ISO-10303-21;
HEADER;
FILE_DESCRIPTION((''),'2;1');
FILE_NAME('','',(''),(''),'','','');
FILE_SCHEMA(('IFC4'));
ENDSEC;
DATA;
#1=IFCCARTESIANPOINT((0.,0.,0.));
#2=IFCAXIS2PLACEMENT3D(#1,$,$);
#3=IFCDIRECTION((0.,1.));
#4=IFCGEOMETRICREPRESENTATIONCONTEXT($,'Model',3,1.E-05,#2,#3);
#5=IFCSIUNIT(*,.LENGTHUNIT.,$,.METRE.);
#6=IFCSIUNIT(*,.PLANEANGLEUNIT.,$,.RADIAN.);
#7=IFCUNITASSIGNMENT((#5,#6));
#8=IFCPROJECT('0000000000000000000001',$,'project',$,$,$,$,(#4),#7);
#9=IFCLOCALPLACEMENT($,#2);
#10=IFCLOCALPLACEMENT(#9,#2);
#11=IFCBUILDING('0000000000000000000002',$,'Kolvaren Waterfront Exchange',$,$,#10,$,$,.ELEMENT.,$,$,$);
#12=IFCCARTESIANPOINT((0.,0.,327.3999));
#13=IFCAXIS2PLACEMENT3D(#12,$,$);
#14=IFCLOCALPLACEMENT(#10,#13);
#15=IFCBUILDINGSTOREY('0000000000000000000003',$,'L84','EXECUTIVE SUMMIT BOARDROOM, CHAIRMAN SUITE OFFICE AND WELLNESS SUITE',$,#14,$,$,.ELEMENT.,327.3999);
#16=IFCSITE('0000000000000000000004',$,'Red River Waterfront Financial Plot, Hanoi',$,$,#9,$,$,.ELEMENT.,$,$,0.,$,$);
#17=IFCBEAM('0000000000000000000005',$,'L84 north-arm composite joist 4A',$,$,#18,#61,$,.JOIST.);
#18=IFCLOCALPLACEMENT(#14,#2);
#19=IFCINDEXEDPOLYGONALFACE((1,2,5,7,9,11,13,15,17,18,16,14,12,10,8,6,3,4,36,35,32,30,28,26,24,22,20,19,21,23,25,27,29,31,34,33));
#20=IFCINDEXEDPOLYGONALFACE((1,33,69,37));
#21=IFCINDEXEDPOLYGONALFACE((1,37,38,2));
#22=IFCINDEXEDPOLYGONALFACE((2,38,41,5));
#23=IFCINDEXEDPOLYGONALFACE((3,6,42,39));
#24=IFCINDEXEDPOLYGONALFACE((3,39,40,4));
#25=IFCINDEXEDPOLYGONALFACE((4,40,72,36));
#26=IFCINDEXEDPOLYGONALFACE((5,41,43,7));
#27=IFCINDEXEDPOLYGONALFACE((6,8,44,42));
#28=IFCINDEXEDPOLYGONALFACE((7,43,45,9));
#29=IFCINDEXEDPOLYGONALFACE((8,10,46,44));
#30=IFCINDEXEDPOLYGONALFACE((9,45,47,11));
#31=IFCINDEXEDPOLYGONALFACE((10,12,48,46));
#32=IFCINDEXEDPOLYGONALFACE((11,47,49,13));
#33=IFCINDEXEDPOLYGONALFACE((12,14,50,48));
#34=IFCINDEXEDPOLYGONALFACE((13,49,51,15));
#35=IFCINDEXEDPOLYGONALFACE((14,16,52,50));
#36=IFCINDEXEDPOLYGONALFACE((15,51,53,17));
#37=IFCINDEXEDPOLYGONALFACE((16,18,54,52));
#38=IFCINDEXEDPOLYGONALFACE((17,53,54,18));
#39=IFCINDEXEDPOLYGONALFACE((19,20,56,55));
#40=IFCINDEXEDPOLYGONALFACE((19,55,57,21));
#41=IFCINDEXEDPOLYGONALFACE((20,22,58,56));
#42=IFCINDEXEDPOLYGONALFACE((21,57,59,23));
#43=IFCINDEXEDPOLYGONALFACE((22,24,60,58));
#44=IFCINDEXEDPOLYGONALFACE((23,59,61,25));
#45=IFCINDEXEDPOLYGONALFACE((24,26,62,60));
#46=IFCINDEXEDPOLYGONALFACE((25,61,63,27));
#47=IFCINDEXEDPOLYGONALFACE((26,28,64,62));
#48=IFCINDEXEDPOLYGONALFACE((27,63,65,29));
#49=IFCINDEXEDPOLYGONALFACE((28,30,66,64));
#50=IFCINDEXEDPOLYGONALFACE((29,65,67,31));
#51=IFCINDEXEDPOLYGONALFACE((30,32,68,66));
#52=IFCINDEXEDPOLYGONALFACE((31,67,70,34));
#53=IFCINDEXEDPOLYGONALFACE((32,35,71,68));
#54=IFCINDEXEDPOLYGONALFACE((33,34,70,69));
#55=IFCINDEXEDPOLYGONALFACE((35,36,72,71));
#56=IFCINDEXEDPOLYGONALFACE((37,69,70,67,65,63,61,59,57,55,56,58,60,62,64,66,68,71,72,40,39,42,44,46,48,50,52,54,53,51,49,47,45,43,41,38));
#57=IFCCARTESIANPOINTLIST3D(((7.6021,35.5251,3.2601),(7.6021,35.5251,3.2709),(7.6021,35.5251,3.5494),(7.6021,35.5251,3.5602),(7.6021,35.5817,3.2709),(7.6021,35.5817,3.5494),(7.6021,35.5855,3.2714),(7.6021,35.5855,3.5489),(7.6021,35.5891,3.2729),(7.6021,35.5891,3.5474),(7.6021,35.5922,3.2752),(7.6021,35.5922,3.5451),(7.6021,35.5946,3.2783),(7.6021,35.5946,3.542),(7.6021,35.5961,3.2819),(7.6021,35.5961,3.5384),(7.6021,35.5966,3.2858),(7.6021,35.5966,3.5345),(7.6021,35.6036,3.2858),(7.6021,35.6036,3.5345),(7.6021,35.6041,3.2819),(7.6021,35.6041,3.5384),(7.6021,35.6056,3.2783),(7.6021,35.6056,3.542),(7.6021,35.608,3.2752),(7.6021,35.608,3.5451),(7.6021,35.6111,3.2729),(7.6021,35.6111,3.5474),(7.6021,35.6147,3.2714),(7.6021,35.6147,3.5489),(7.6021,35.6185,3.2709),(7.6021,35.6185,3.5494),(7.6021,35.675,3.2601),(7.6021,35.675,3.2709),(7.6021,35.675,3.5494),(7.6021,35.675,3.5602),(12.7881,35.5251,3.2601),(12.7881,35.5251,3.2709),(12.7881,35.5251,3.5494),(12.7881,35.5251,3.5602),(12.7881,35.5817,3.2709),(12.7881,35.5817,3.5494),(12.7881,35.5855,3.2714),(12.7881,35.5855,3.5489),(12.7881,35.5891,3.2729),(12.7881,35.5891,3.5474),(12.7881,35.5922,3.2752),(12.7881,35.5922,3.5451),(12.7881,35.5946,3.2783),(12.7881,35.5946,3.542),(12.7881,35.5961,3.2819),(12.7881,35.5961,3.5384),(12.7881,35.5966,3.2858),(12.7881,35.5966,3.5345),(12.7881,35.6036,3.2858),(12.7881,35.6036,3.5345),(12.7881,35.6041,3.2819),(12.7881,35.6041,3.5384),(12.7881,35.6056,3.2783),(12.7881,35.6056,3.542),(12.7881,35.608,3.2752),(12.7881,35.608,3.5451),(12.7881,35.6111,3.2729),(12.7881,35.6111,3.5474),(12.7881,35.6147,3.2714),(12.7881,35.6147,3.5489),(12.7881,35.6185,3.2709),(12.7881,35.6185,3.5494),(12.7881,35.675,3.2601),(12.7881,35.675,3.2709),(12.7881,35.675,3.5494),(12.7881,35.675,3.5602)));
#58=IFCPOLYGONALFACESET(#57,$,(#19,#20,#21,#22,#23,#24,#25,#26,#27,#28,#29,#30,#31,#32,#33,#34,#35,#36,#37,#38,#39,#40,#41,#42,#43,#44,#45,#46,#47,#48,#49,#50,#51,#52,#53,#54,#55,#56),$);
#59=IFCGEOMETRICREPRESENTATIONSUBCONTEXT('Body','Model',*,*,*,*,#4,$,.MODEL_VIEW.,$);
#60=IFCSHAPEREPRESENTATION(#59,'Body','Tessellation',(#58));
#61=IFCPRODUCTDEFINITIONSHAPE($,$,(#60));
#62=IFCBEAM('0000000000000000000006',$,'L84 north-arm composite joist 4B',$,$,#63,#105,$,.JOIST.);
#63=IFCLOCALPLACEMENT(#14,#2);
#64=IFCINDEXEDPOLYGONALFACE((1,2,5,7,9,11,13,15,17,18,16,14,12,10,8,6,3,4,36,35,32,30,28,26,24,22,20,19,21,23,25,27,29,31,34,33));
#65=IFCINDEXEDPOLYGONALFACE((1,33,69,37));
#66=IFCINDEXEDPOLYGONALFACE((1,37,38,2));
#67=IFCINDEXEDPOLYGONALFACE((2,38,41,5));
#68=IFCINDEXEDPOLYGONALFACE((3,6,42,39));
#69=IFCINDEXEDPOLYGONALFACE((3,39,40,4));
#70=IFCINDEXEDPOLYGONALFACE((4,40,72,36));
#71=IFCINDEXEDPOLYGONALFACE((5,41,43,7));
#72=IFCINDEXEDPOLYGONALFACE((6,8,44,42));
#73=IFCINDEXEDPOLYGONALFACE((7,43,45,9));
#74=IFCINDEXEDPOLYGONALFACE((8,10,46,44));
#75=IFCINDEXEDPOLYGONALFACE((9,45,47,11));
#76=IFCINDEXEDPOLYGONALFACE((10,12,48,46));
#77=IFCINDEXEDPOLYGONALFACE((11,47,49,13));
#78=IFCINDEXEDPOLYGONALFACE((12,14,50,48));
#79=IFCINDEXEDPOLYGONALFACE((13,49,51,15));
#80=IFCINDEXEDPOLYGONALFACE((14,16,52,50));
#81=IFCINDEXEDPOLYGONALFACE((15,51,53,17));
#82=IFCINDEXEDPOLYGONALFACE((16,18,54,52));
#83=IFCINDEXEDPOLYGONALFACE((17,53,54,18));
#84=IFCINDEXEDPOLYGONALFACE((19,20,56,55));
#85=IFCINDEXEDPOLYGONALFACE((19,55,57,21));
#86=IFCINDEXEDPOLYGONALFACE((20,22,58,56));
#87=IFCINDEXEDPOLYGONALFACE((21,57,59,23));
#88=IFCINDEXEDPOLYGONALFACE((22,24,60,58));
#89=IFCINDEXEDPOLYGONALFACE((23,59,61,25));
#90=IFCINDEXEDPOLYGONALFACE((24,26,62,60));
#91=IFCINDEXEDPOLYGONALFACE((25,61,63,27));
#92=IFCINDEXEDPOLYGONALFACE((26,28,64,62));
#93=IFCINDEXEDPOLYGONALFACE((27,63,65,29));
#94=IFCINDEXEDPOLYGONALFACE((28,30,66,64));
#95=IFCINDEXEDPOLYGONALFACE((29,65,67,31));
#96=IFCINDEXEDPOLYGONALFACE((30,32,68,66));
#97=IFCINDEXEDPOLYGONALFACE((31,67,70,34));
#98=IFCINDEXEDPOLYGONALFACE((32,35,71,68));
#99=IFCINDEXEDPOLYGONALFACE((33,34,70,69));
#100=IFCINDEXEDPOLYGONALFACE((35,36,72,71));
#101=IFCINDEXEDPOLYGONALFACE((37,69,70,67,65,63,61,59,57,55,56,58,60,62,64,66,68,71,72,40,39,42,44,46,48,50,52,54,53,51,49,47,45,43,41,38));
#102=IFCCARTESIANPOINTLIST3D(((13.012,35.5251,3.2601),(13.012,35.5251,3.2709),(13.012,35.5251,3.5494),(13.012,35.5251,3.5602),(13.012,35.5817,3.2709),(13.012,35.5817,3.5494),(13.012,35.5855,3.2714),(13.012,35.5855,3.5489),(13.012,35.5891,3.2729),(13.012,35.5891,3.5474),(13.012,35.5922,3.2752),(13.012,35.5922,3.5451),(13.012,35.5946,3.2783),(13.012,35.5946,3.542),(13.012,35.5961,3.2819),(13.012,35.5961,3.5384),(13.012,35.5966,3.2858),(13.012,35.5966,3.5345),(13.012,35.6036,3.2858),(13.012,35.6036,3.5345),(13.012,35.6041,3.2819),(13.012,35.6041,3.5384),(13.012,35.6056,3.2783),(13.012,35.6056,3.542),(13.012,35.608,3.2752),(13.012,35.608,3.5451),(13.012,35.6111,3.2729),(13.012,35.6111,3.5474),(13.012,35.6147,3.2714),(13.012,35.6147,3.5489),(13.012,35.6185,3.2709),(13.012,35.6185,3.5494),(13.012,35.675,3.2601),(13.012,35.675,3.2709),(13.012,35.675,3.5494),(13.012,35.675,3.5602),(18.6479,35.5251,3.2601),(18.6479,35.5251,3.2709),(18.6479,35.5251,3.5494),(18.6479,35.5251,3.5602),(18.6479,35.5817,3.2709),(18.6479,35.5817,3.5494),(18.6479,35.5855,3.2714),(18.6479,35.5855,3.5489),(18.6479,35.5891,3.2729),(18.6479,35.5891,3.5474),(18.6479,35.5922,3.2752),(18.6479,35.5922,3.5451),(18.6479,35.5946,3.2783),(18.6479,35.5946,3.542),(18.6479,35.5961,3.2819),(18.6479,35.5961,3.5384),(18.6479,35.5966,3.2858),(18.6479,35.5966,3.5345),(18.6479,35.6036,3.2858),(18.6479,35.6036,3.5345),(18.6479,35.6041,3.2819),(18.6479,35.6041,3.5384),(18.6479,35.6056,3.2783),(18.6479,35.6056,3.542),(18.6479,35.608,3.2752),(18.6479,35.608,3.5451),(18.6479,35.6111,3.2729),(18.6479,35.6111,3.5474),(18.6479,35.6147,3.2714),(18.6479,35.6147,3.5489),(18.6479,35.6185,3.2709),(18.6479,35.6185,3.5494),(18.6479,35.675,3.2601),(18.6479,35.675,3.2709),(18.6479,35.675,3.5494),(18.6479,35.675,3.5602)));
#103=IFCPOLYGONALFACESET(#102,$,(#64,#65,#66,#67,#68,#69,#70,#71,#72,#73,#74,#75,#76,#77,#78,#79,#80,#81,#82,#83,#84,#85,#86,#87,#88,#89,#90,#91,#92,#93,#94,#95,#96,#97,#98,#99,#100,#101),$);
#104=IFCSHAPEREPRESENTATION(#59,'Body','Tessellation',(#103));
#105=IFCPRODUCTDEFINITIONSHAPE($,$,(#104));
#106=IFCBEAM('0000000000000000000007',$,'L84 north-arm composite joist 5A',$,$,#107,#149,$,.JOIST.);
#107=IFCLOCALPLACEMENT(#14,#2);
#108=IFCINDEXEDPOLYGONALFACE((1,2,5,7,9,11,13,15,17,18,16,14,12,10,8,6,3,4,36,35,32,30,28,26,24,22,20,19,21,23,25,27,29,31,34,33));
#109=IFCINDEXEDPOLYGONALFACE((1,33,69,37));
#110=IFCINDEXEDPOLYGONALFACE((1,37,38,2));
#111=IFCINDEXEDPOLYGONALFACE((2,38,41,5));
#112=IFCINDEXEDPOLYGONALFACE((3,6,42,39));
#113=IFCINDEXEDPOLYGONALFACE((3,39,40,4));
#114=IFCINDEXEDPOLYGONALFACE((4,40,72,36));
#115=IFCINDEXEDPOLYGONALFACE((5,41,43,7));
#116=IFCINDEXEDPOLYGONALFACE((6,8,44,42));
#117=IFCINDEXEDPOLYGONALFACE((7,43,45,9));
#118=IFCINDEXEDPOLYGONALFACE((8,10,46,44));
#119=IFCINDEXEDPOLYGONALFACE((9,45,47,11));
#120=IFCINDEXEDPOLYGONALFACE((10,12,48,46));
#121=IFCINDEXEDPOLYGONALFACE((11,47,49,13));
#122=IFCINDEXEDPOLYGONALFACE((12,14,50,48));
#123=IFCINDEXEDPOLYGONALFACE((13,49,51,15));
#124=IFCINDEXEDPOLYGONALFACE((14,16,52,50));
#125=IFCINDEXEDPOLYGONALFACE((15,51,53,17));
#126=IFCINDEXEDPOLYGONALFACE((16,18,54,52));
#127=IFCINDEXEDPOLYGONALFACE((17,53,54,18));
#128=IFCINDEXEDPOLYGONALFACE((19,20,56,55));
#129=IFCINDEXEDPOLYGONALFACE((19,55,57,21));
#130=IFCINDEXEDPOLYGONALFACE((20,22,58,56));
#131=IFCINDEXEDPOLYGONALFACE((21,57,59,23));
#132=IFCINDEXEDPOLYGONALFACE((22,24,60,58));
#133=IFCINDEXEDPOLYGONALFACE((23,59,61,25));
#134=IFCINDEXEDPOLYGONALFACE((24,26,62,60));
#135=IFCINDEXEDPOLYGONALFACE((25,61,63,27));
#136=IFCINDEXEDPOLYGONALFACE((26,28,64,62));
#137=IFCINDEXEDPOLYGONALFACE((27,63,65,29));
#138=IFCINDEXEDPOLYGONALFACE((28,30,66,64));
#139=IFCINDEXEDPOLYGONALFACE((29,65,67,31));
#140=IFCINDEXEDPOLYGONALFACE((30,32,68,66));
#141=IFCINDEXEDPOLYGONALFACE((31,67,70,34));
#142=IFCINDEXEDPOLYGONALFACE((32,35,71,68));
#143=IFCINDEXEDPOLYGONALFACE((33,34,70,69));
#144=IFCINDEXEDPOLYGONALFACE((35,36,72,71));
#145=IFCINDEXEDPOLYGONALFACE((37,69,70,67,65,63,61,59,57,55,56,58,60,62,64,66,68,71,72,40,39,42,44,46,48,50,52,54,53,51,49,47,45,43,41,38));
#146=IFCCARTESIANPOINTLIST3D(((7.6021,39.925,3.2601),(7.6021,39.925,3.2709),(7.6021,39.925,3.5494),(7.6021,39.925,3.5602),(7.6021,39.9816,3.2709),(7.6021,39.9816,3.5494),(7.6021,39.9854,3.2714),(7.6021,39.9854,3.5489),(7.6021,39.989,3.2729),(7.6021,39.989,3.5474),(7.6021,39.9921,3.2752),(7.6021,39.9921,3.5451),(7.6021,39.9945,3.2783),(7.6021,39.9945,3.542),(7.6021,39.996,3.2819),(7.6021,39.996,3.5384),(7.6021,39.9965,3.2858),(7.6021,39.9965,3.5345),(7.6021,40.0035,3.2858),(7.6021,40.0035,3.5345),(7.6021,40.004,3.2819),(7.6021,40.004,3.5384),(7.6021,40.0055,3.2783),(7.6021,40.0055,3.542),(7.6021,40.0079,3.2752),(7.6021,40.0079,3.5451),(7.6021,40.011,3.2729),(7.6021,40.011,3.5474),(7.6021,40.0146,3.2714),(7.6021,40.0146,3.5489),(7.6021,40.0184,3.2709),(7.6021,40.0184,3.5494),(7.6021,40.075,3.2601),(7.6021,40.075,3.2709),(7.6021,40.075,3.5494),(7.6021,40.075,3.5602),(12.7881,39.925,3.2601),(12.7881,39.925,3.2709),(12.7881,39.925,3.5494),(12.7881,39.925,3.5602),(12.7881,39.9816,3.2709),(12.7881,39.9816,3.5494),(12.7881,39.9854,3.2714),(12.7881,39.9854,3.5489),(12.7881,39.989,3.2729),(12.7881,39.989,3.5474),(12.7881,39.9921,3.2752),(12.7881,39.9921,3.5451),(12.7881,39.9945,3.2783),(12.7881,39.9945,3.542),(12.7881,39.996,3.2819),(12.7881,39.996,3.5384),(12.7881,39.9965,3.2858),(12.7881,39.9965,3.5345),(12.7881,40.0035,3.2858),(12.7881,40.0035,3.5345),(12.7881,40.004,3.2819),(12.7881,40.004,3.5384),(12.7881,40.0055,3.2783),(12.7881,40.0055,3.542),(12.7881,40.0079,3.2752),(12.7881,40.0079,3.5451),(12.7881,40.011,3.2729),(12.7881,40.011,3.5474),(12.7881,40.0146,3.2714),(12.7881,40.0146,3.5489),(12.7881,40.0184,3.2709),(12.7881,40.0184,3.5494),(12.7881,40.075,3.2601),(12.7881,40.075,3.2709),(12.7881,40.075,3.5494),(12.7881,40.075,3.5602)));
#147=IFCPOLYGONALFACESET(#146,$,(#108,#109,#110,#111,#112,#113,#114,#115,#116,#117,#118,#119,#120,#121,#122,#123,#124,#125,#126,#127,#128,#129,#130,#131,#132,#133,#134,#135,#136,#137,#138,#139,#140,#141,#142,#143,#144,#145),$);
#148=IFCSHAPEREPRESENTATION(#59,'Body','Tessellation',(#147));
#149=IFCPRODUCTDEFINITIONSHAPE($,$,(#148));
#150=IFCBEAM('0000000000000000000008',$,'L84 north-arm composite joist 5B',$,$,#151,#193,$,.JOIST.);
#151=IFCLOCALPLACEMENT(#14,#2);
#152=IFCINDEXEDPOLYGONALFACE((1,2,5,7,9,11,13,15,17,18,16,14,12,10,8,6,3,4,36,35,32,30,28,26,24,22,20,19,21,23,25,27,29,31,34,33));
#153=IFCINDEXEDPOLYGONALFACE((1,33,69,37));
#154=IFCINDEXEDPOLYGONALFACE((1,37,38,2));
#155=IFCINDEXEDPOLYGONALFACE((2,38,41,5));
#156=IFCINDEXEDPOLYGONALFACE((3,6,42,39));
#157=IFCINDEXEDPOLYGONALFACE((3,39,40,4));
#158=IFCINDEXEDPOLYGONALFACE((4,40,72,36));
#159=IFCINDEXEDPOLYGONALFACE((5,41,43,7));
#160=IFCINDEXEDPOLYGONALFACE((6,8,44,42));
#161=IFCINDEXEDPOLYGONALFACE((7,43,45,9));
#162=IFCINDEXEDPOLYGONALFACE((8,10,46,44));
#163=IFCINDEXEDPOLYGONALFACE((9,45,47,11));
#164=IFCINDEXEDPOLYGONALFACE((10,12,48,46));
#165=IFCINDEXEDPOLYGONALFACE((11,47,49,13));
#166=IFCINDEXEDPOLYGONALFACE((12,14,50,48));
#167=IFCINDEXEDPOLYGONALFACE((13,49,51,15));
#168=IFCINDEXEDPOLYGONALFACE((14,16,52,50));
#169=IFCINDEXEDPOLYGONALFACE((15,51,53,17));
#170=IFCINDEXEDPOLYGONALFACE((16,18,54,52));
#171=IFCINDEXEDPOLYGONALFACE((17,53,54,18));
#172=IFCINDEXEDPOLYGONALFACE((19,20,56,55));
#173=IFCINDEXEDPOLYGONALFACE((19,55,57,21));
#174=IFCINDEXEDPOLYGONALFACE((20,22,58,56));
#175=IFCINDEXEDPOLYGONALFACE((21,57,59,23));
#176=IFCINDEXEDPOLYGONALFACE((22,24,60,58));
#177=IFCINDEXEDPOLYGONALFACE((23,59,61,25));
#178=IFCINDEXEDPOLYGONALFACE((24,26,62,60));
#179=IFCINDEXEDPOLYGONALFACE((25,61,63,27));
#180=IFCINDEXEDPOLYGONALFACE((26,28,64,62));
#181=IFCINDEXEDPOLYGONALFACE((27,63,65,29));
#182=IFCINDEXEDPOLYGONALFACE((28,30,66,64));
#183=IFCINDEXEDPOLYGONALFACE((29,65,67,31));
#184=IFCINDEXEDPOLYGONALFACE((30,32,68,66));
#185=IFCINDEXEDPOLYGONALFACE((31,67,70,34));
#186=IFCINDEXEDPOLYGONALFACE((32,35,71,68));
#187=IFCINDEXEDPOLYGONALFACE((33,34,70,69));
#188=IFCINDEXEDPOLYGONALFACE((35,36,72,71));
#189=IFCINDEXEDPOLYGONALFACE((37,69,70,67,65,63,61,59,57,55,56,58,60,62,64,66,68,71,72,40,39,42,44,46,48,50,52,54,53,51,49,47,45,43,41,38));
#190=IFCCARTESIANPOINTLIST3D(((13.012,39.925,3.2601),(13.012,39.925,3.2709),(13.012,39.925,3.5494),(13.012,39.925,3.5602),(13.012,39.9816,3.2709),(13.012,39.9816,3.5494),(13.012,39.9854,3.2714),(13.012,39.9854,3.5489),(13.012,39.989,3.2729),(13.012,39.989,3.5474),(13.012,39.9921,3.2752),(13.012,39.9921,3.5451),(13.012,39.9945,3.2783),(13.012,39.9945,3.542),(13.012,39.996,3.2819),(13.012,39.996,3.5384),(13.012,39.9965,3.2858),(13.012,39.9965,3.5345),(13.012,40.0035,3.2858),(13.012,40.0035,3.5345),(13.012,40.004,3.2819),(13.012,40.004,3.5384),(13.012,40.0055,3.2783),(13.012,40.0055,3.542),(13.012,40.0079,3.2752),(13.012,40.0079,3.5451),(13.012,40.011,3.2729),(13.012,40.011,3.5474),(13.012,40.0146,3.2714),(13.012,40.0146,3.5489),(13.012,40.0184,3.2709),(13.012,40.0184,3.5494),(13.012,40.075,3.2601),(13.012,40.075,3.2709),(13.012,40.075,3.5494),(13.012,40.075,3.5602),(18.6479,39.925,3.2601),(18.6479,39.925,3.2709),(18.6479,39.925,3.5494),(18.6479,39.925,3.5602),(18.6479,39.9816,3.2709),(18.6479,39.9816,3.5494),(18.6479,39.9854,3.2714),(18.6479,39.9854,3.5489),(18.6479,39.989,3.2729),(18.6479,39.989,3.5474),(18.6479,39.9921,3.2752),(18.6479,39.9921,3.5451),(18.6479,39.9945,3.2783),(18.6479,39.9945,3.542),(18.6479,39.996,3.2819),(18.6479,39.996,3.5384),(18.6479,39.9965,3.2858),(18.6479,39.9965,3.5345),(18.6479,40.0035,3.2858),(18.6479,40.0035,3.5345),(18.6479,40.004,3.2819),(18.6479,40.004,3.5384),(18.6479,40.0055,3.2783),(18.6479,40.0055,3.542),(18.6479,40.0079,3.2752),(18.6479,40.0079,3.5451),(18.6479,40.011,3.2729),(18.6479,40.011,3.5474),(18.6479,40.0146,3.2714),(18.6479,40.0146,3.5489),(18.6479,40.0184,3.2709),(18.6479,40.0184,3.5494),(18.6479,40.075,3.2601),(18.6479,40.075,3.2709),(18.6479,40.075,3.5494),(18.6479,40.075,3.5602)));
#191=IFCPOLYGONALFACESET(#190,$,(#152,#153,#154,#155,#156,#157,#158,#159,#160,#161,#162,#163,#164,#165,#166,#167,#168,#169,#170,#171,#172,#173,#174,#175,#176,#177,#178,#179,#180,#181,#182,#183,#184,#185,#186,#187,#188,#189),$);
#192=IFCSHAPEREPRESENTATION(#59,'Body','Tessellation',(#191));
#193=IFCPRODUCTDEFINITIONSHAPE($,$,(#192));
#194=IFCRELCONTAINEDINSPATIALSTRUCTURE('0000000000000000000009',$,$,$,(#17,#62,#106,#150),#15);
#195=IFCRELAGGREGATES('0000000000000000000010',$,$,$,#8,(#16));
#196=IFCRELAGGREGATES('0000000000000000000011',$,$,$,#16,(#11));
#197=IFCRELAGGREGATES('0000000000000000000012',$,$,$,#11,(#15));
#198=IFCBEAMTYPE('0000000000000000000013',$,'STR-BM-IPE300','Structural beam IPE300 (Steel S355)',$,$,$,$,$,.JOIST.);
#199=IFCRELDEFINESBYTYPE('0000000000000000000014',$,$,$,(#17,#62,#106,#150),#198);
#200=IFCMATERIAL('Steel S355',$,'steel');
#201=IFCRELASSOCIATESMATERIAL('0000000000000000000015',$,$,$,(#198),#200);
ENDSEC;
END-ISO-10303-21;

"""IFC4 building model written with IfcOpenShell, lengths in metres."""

from ifc_helpers import new_model, si_unit, direction, frame, origin, origin_2d, place, context, subcontext, project, spatial, i_section, extrude, material, material_profile, profile_set, type_object, element, save


model = new_model("IFC4")

# Units and contexts
model_context = context("Model", 3, precision=1e-05, world=origin(), true_north=direction((0.0, 1.0)))
body_context = subcontext(model_context, "Body", "Model", "MODEL_VIEW")
ifc_project = project(units=[si_unit("LENGTHUNIT", "METRE"), si_unit("PLANEANGLEUNIT", "RADIAN")], contexts=[model_context])

# Site, building, storey
site_placement = place(None, origin())
site = spatial("IfcSite", under=ifc_project, at=site_placement, Name="Red River Waterfront Financial Plot, Hanoi", CompositionType="ELEMENT", RefElevation=0.0)
building_placement = place(site_placement, origin())
building = spatial("IfcBuilding", under=site, at=building_placement, Name="Kolvaren Waterfront Exchange", CompositionType="ELEMENT")
storey_placement = place(building_placement, frame((0.0, 0.0, 327.3999)))
storey = spatial("IfcBuildingStorey", under=building, at=storey_placement, Name="L84", Description="EXECUTIVE SUMMIT BOARDROOM, CHAIRMAN SUITE OFFICE AND WELLNESS SUITE", CompositionType="ELEMENT", Elevation=327.3999)

# Beams
ifc_material_1 = material(Name="Steel S355", Category="steel")
ifc_material_profile_1 = material_profile(ifc_material_1, i_section(OverallWidth=0.1499, OverallDepth=0.3, WebThickness=0.0071, FlangeThickness=0.0107, FilletRadius=0.0149, at=origin_2d()), Name="IPE300")
ifc_profile_set_1 = profile_set([ifc_material_profile_1], Name="Steel S355")
beam_type_1 = type_object("IfcBeamType", Name="STR-BM-IPE300", Description="Structural beam IPE300 (Steel S355)", PredefinedType="JOIST", material=ifc_profile_set_1)
beam_1_placement = place(storey_placement, frame((7.6021, 35.6001, 3.4102), z_axis=(1.0, 0.0, 0.0), x_axis=(0.0, 1.0, 0.0)))
element("IfcBeam", 1, at=beam_1_placement, inside=storey, type_object=beam_type_1, Name="L84 north-arm composite joist 4A", PredefinedType="JOIST", context=body_context, shape_type="SweptSolid", body=[
    extrude(i_section(OverallWidth=0.1499, OverallDepth=0.3, WebThickness=0.0071, FlangeThickness=0.0107, FilletRadius=0.0149, at=origin_2d()), origin(), (0.0, 0.0, 1.0), 5.186),
])
beam_2_placement = place(storey_placement, frame((13.012, 35.6001, 3.4102), z_axis=(1.0, 0.0, 0.0), x_axis=(0.0, 1.0, 0.0)))
element("IfcBeam", 2, at=beam_2_placement, inside=storey, type_object=beam_type_1, Name="L84 north-arm composite joist 4B", PredefinedType="JOIST", context=body_context, shape_type="SweptSolid", body=[
    extrude(i_section(OverallWidth=0.1499, OverallDepth=0.3, WebThickness=0.0071, FlangeThickness=0.0107, FilletRadius=0.0149, at=origin_2d()), origin(), (0.0, 0.0, 1.0), 5.636),
])
beam_3_placement = place(storey_placement, frame((7.6021, 40.0, 3.4102), z_axis=(1.0, 0.0, 0.0), x_axis=(0.0, 1.0, 0.0)))
element("IfcBeam", 3, at=beam_3_placement, inside=storey, type_object=beam_type_1, Name="L84 north-arm composite joist 5A", PredefinedType="JOIST", context=body_context, shape_type="SweptSolid", body=[
    extrude(i_section(OverallWidth=0.1499, OverallDepth=0.3, WebThickness=0.0071, FlangeThickness=0.0107, FilletRadius=0.0149, at=origin_2d()), origin(), (0.0, 0.0, 1.0), 5.186),
])
beam_4_placement = place(storey_placement, frame((13.012, 40.0, 3.4102), z_axis=(1.0, 0.0, 0.0), x_axis=(0.0, 1.0, 0.0)))
element("IfcBeam", 4, at=beam_4_placement, inside=storey, type_object=beam_type_1, Name="L84 north-arm composite joist 5B", PredefinedType="JOIST", context=body_context, shape_type="SweptSolid", body=[
    extrude(i_section(OverallWidth=0.1499, OverallDepth=0.3, WebThickness=0.0071, FlangeThickness=0.0107, FilletRadius=0.0149, at=origin_2d()), origin(), (0.0, 0.0, 1.0), 5.636),
])

save(model, "model.ifc")
